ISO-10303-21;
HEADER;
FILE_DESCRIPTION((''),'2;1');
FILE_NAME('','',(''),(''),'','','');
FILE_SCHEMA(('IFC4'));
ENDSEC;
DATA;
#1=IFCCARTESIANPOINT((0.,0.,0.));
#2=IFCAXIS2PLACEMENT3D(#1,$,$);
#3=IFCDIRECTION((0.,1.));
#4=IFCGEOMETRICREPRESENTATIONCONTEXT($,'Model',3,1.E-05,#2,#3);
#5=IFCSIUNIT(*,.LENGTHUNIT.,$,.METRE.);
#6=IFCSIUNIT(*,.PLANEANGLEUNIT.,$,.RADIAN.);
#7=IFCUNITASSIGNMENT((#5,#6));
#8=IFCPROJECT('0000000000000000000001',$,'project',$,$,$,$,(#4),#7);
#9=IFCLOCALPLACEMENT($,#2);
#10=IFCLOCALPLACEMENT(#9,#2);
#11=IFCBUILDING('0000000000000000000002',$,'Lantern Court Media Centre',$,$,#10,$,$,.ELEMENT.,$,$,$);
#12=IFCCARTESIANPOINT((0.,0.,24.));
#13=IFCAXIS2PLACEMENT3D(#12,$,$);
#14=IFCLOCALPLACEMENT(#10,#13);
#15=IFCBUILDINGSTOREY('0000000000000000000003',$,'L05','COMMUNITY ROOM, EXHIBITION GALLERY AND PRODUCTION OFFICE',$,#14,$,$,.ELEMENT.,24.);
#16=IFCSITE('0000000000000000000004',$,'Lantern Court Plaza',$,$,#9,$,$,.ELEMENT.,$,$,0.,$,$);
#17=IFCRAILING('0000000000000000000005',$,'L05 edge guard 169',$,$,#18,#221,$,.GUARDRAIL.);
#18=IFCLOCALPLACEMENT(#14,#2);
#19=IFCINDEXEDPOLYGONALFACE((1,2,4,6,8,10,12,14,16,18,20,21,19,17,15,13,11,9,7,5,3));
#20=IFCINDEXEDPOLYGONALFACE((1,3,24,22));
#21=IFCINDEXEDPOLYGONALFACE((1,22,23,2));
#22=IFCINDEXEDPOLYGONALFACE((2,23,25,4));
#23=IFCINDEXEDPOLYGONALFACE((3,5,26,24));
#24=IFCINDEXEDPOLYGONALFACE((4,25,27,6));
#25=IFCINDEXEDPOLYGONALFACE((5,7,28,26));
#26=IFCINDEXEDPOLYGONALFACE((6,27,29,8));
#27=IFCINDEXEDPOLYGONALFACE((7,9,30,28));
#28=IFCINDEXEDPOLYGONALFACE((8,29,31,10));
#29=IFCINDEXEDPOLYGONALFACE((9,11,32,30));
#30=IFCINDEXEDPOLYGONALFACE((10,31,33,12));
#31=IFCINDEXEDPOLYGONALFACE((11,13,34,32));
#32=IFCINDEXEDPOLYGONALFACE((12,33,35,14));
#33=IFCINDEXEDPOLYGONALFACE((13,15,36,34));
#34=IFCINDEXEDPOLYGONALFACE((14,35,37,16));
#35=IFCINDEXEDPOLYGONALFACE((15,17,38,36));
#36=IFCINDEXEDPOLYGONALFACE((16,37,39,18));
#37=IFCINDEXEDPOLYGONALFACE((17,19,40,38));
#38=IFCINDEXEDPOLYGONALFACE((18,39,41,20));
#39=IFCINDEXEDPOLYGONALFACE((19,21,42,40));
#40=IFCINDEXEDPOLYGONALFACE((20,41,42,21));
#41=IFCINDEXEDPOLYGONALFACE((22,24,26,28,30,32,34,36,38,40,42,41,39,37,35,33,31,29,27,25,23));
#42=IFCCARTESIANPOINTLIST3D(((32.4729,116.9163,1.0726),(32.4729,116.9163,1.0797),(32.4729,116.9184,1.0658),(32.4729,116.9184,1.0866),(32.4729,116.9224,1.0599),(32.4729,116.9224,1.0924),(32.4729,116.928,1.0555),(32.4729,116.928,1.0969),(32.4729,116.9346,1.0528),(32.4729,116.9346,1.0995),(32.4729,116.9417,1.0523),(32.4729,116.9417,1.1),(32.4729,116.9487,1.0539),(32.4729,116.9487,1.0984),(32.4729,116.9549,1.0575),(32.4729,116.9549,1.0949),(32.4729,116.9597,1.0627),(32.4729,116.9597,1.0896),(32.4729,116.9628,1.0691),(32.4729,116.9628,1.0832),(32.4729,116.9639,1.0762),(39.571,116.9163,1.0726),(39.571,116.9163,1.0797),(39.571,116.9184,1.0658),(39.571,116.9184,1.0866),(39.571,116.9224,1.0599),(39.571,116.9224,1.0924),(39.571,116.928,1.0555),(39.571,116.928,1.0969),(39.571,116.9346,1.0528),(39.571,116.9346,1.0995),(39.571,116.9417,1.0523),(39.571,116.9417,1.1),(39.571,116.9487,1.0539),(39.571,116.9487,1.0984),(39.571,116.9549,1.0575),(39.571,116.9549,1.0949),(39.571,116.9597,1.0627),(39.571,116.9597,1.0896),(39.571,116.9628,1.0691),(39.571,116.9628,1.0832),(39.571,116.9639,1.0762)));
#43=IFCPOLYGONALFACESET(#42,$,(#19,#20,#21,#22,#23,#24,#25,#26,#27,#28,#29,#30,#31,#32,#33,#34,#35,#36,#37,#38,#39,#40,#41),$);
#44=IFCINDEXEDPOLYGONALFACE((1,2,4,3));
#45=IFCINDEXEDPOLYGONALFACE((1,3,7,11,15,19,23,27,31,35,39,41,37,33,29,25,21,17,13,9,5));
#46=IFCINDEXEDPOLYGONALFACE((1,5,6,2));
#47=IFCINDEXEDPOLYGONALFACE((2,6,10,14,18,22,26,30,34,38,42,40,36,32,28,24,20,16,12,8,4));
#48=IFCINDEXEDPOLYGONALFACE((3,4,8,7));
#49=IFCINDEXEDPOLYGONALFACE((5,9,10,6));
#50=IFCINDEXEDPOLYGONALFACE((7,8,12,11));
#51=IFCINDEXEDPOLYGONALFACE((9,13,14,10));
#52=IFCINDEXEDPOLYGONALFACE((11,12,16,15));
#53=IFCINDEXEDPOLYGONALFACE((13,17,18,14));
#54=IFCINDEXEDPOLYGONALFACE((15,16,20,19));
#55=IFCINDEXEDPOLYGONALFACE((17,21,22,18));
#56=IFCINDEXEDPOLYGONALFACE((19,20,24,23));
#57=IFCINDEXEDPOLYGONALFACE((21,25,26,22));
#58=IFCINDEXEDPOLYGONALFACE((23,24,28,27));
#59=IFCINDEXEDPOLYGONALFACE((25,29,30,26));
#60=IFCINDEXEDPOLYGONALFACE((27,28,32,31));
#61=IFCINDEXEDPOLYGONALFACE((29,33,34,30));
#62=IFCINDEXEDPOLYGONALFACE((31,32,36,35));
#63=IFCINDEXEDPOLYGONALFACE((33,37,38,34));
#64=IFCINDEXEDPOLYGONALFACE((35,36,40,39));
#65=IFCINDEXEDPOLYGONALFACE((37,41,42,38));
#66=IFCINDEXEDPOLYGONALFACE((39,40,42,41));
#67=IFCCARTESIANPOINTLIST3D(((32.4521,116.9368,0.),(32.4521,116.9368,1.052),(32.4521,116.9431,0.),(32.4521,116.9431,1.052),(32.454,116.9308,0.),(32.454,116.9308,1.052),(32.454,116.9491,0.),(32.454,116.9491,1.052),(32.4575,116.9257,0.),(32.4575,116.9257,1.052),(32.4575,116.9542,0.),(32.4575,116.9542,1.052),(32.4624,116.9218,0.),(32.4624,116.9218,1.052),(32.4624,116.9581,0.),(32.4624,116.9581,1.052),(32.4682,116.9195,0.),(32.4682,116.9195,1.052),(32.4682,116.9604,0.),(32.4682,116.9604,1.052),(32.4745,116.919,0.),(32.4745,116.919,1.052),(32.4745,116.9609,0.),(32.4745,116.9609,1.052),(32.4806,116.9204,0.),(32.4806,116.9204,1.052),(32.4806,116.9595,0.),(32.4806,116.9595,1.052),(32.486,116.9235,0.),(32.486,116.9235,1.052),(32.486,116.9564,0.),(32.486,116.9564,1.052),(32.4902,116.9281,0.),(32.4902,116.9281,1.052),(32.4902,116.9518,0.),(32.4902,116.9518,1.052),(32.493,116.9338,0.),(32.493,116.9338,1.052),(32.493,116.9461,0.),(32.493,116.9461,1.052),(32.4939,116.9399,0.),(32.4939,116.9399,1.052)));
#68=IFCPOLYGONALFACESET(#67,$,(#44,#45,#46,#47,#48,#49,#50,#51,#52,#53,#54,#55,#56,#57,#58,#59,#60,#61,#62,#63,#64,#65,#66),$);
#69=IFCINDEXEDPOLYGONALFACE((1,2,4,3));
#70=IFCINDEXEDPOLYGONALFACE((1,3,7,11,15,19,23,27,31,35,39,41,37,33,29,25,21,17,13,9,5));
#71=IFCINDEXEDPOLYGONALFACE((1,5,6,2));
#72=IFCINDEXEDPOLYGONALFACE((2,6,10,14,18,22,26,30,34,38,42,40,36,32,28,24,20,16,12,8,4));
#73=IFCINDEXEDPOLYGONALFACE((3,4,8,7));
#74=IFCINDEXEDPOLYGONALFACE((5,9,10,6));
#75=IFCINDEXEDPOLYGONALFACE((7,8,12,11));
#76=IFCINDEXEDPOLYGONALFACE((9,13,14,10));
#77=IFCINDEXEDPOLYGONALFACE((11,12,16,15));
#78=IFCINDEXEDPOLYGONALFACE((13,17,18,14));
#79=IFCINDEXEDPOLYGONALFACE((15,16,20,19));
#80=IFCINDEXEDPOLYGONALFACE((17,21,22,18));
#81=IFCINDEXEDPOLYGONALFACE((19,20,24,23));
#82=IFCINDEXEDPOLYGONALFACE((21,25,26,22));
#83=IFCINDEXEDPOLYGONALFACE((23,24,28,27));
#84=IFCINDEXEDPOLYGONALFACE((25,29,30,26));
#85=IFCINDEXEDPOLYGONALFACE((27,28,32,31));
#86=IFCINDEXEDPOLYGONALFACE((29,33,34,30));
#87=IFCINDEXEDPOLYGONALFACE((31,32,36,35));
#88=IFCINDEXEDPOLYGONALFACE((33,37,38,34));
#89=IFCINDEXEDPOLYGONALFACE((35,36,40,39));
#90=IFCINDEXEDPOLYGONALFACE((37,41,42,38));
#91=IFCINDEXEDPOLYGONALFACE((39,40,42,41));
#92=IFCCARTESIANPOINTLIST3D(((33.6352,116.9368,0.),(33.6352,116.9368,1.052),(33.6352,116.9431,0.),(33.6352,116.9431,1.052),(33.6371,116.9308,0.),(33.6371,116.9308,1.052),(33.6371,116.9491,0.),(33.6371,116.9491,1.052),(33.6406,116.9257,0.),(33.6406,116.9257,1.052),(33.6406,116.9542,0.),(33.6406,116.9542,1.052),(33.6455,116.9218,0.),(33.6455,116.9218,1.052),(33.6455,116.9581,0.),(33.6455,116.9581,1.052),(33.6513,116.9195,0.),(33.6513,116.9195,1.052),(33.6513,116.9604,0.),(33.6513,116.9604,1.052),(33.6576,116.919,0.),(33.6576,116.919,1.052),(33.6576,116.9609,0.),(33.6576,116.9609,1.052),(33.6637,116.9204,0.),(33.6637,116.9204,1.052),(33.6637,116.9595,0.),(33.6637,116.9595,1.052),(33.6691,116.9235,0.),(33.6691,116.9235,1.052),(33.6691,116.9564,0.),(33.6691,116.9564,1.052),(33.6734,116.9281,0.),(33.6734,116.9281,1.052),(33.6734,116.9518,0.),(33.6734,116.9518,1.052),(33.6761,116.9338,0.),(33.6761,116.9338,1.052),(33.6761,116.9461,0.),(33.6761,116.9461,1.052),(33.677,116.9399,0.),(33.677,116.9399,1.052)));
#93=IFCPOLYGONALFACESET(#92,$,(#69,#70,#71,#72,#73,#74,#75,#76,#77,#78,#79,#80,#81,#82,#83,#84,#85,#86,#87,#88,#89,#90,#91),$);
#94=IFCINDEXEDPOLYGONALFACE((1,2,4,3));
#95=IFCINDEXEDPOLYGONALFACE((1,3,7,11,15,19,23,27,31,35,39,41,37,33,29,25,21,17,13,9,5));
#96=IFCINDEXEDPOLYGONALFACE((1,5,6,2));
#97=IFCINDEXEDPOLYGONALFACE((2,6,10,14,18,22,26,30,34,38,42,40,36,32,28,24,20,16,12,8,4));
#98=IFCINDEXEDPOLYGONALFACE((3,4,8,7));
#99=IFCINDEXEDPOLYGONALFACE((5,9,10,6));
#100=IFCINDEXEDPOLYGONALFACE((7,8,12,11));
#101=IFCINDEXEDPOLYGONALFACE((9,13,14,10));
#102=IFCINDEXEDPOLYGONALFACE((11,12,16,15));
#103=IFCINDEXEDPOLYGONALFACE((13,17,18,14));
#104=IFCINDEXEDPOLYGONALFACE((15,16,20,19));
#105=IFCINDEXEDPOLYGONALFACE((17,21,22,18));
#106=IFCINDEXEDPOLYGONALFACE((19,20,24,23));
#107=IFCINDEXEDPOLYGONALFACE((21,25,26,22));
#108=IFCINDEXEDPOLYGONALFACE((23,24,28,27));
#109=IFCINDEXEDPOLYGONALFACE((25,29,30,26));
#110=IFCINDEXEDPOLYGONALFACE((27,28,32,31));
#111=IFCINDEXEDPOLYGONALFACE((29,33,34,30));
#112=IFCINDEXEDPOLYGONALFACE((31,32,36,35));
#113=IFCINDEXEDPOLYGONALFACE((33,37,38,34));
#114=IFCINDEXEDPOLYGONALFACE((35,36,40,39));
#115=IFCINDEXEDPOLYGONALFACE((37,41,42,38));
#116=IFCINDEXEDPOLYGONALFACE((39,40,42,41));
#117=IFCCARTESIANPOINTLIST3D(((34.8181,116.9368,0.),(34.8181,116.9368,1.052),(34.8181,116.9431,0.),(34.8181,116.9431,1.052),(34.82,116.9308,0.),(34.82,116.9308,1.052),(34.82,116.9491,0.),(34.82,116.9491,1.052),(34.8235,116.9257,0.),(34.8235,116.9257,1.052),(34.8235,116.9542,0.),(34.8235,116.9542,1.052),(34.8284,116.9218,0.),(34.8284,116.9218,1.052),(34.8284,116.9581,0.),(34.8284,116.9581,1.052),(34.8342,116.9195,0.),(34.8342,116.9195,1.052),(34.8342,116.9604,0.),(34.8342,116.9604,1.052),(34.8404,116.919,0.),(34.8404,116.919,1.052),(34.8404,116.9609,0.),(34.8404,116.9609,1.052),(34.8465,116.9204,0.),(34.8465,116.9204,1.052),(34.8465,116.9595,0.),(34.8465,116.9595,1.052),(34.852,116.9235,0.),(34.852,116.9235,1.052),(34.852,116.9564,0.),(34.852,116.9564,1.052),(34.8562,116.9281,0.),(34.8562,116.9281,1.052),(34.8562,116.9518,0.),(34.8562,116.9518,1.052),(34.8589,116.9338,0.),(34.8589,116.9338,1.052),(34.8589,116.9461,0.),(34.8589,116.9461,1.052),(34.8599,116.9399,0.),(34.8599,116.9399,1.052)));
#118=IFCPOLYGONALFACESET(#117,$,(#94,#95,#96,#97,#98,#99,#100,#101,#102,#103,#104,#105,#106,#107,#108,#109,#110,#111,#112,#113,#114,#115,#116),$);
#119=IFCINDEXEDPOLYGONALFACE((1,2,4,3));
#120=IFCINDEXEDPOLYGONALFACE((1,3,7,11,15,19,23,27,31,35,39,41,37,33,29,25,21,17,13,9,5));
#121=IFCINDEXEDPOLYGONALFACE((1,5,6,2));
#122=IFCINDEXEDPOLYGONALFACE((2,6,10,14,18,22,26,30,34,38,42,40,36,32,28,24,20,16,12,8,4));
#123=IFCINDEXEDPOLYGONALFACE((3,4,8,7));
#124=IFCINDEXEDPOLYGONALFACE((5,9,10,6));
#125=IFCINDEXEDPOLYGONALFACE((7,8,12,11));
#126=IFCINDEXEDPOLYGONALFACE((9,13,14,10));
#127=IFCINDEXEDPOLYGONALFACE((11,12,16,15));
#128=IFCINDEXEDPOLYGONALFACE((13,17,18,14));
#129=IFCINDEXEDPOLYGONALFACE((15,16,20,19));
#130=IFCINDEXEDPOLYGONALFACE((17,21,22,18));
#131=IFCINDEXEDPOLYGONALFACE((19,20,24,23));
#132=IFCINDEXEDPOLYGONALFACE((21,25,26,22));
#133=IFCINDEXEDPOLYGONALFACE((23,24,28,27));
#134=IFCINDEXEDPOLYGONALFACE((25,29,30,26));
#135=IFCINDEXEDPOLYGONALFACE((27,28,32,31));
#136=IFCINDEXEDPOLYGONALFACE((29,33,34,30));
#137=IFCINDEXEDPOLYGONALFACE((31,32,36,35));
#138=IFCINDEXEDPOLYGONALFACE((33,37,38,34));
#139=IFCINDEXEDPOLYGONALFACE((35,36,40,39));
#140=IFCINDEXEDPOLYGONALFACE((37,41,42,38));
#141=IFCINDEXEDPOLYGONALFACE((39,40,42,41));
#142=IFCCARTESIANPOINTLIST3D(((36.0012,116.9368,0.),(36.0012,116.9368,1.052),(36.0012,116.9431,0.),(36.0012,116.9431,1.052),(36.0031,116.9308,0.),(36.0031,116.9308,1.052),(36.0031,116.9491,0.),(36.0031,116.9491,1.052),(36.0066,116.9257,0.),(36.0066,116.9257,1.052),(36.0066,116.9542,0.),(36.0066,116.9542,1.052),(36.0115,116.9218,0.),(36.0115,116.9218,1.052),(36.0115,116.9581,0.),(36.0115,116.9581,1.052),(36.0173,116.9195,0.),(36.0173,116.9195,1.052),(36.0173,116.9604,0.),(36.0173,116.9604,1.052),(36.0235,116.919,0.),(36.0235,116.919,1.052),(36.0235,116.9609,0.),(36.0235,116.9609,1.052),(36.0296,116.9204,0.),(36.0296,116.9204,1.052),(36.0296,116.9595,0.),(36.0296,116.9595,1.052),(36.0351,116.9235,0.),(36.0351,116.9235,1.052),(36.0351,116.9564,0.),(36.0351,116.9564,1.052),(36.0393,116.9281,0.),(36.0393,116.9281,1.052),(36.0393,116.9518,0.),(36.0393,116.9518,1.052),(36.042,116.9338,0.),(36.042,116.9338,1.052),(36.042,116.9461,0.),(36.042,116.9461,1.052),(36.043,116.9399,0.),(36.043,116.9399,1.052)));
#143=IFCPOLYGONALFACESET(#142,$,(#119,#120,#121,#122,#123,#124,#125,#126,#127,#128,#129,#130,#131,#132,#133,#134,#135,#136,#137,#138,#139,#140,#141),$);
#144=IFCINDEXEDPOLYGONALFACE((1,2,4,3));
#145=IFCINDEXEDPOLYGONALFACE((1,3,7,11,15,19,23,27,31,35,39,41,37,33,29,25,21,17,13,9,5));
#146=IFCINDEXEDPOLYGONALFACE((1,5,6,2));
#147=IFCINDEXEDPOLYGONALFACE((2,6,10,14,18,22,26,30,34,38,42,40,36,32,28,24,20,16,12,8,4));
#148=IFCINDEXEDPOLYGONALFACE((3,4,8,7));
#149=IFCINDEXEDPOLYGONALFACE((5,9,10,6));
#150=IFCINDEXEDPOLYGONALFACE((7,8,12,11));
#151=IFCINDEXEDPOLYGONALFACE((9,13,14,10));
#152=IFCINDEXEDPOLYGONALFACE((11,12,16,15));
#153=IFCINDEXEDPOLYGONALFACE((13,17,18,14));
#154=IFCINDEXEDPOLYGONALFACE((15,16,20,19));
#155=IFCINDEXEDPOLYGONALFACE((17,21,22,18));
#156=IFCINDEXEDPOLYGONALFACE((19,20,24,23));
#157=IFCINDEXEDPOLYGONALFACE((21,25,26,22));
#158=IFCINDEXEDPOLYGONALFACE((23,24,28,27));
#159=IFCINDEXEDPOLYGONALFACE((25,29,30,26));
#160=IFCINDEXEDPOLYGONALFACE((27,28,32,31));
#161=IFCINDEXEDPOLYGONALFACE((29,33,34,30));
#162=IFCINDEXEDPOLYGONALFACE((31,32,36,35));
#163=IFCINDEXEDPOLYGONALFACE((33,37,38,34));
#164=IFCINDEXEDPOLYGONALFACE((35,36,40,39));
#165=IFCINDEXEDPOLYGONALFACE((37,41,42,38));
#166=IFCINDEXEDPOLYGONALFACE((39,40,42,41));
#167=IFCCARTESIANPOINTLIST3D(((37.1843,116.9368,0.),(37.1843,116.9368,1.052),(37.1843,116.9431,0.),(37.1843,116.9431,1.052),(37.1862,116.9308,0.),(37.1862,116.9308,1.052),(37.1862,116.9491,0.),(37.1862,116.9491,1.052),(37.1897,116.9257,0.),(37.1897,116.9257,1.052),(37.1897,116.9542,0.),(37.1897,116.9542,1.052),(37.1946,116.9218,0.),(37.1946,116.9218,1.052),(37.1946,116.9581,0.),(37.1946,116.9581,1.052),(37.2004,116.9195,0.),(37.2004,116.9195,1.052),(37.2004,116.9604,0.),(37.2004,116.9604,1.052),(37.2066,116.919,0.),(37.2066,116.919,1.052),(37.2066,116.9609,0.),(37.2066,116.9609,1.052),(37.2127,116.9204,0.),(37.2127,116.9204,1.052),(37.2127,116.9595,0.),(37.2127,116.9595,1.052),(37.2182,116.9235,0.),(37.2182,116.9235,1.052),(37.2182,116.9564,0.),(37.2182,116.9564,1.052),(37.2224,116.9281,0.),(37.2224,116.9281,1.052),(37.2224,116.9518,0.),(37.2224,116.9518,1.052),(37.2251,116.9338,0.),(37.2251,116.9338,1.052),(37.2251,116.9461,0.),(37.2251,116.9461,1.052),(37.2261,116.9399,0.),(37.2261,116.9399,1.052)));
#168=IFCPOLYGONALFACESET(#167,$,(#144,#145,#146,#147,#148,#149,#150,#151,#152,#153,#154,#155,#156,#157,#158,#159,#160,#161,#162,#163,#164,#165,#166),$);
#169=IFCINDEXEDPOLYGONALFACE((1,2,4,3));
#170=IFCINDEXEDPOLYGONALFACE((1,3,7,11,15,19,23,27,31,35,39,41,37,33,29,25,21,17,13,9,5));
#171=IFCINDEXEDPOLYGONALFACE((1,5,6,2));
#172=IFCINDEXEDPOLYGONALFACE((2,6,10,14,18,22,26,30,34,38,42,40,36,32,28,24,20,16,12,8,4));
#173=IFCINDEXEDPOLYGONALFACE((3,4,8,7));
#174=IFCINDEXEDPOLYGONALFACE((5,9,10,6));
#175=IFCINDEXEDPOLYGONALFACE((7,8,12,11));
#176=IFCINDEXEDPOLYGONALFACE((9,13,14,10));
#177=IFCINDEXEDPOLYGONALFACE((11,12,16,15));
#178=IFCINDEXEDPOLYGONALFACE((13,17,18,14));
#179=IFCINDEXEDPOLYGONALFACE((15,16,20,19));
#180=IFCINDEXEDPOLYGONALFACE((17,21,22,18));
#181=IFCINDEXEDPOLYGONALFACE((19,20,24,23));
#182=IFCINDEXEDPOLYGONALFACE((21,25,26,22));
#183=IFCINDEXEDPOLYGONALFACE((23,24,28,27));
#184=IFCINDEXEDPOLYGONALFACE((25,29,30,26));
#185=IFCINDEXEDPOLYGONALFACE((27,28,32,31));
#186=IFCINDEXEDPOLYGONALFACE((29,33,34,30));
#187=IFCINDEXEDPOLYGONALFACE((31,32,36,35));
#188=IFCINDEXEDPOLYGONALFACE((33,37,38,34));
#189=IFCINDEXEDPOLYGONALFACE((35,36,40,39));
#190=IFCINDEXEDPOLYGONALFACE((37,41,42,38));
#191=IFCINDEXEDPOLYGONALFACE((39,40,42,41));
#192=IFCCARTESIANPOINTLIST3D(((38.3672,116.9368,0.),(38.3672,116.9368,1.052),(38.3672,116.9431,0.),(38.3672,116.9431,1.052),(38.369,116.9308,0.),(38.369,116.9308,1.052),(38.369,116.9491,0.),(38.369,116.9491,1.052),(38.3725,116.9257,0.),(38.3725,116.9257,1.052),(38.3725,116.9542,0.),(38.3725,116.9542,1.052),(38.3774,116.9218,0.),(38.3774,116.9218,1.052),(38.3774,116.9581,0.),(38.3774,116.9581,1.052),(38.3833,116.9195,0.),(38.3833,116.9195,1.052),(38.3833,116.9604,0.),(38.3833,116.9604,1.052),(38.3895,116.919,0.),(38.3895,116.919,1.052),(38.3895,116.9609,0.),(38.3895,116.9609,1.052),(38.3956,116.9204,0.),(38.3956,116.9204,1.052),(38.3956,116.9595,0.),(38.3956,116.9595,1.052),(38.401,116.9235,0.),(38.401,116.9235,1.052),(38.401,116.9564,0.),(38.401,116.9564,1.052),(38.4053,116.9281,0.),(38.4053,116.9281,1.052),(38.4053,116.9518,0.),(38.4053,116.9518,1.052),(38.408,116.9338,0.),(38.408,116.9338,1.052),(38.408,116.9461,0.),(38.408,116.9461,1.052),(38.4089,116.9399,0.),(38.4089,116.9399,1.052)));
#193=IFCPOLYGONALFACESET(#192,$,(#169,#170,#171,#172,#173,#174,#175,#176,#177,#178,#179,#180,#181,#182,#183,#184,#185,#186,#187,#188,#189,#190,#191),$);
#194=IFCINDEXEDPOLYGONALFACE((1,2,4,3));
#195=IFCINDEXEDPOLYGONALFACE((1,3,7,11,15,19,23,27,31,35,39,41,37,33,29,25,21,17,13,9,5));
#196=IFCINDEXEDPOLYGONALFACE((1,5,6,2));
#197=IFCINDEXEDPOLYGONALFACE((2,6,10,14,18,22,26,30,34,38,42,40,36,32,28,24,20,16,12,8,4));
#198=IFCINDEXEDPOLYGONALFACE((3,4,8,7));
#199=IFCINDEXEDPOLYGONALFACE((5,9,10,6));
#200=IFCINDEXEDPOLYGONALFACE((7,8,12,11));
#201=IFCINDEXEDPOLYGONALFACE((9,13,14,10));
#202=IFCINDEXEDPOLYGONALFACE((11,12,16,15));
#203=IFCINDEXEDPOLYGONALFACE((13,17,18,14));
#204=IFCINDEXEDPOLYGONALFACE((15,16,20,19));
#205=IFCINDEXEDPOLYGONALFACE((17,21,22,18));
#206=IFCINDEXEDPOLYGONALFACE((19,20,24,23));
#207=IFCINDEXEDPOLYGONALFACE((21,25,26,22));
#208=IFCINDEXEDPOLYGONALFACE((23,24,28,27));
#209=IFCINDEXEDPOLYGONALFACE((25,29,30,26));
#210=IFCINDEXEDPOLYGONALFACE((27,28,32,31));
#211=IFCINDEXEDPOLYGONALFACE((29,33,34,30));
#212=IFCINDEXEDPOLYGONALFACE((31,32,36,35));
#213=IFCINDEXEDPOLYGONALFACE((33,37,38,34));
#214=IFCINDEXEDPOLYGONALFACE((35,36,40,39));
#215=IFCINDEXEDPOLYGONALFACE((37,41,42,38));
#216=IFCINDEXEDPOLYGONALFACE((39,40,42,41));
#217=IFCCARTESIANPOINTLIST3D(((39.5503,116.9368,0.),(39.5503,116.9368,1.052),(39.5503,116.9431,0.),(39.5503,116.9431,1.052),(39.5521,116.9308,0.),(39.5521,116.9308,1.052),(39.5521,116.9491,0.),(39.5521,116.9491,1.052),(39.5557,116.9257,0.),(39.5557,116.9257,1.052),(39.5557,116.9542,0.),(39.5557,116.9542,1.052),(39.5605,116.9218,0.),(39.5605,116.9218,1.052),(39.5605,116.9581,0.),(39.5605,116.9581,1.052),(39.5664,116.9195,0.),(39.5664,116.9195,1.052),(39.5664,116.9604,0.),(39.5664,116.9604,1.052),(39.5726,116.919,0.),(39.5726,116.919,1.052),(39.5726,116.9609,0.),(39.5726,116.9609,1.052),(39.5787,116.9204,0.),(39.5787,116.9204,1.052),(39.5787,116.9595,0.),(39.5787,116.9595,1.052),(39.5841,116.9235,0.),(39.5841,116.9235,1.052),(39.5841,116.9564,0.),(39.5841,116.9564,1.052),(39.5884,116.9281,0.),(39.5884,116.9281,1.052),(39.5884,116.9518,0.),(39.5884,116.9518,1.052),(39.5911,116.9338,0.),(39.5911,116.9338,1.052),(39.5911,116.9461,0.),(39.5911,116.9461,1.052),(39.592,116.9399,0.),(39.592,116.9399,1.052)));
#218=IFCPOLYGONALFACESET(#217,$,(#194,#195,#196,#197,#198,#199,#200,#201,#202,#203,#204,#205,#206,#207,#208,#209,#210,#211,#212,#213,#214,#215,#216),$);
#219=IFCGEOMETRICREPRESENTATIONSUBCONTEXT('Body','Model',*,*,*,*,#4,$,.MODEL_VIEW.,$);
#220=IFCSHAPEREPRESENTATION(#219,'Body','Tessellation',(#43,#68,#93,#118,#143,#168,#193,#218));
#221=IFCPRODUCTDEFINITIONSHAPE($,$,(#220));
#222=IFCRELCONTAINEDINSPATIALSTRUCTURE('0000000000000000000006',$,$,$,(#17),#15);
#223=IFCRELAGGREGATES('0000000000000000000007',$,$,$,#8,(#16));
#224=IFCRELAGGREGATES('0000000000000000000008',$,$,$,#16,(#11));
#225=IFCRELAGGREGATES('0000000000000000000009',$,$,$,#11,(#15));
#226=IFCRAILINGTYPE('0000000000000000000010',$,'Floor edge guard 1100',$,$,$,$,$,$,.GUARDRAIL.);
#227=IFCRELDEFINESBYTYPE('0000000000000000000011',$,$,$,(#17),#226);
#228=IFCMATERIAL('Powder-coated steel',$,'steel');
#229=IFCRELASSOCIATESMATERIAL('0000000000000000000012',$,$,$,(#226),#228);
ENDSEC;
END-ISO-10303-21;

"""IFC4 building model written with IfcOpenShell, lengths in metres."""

from ifc_helpers import new_model, si_unit, direction, frame, origin, origin_2d, place, context, subcontext, project, spatial, circle, extrude, material, type_object, element, save


model = new_model("IFC4")

# Units and contexts
model_context = context("Model", 3, precision=1e-05, world=origin(), true_north=direction((0.0, 1.0)))
body_context = subcontext(model_context, "Body", "Model", "MODEL_VIEW")
ifc_project = project(units=[si_unit("LENGTHUNIT", "METRE"), si_unit("PLANEANGLEUNIT", "RADIAN")], contexts=[model_context])

# Site, building, storey
site_placement = place(None, origin())
site = spatial("IfcSite", under=ifc_project, at=site_placement, Name="Lantern Court Plaza", CompositionType="ELEMENT", RefElevation=0.0)
building_placement = place(site_placement, origin())
building = spatial("IfcBuilding", under=site, at=building_placement, Name="Lantern Court Media Centre", CompositionType="ELEMENT")
storey_placement = place(building_placement, frame((0.0, 0.0, 24.0)))
storey = spatial("IfcBuildingStorey", under=building, at=storey_placement, Name="L05", Description="COMMUNITY ROOM, EXHIBITION GALLERY AND PRODUCTION OFFICE", CompositionType="ELEMENT", Elevation=24.0)

# Railing
ifc_material_1 = material(Name="Powder-coated steel", Category="steel")
railing_type = type_object("IfcRailingType", Name="Floor edge guard 1100", PredefinedType="GUARDRAIL", material=ifc_material_1)
railing_placement = place(storey_placement, frame((32.4729, 116.9399, 0.0)))
element("IfcRailing", 1, at=railing_placement, inside=storey, type_object=railing_type, Name="L05 edge guard 169", PredefinedType="GUARDRAIL", context=body_context, shape_type="SweptSolid", body=[
    extrude(circle(Radius=0.0239, at=origin_2d()), frame((0.0, 0.0, 1.0762), z_axis=(1.0, 0.0, 0.0), x_axis=(0.0, 1.0, 0.0)), (0.0, 0.0, 1.0), 7.0981),
    extrude(circle(Radius=0.021, at=origin_2d()), origin(), (0.0, 0.0, 1.0), 1.052),
    extrude(circle(Radius=0.021, at=origin_2d()), frame((1.1831, 0.0, 0.0)), (0.0, 0.0, 1.0), 1.052),
    extrude(circle(Radius=0.021, at=origin_2d()), frame((2.366, 0.0, 0.0)), (0.0, 0.0, 1.0), 1.052),
    extrude(circle(Radius=0.021, at=origin_2d()), frame((3.5491, 0.0, 0.0)), (0.0, 0.0, 1.0), 1.052),
    extrude(circle(Radius=0.021, at=origin_2d()), frame((4.7322, 0.0, 0.0)), (0.0, 0.0, 1.0), 1.052),
    extrude(circle(Radius=0.021, at=origin_2d()), frame((5.915, 0.0, 0.0)), (0.0, 0.0, 1.0), 1.052),
    extrude(circle(Radius=0.021, at=origin_2d()), frame((7.0981, 0.0, 0.0)), (0.0, 0.0, 1.0), 1.052),
])

save(model, "model.ifc")
